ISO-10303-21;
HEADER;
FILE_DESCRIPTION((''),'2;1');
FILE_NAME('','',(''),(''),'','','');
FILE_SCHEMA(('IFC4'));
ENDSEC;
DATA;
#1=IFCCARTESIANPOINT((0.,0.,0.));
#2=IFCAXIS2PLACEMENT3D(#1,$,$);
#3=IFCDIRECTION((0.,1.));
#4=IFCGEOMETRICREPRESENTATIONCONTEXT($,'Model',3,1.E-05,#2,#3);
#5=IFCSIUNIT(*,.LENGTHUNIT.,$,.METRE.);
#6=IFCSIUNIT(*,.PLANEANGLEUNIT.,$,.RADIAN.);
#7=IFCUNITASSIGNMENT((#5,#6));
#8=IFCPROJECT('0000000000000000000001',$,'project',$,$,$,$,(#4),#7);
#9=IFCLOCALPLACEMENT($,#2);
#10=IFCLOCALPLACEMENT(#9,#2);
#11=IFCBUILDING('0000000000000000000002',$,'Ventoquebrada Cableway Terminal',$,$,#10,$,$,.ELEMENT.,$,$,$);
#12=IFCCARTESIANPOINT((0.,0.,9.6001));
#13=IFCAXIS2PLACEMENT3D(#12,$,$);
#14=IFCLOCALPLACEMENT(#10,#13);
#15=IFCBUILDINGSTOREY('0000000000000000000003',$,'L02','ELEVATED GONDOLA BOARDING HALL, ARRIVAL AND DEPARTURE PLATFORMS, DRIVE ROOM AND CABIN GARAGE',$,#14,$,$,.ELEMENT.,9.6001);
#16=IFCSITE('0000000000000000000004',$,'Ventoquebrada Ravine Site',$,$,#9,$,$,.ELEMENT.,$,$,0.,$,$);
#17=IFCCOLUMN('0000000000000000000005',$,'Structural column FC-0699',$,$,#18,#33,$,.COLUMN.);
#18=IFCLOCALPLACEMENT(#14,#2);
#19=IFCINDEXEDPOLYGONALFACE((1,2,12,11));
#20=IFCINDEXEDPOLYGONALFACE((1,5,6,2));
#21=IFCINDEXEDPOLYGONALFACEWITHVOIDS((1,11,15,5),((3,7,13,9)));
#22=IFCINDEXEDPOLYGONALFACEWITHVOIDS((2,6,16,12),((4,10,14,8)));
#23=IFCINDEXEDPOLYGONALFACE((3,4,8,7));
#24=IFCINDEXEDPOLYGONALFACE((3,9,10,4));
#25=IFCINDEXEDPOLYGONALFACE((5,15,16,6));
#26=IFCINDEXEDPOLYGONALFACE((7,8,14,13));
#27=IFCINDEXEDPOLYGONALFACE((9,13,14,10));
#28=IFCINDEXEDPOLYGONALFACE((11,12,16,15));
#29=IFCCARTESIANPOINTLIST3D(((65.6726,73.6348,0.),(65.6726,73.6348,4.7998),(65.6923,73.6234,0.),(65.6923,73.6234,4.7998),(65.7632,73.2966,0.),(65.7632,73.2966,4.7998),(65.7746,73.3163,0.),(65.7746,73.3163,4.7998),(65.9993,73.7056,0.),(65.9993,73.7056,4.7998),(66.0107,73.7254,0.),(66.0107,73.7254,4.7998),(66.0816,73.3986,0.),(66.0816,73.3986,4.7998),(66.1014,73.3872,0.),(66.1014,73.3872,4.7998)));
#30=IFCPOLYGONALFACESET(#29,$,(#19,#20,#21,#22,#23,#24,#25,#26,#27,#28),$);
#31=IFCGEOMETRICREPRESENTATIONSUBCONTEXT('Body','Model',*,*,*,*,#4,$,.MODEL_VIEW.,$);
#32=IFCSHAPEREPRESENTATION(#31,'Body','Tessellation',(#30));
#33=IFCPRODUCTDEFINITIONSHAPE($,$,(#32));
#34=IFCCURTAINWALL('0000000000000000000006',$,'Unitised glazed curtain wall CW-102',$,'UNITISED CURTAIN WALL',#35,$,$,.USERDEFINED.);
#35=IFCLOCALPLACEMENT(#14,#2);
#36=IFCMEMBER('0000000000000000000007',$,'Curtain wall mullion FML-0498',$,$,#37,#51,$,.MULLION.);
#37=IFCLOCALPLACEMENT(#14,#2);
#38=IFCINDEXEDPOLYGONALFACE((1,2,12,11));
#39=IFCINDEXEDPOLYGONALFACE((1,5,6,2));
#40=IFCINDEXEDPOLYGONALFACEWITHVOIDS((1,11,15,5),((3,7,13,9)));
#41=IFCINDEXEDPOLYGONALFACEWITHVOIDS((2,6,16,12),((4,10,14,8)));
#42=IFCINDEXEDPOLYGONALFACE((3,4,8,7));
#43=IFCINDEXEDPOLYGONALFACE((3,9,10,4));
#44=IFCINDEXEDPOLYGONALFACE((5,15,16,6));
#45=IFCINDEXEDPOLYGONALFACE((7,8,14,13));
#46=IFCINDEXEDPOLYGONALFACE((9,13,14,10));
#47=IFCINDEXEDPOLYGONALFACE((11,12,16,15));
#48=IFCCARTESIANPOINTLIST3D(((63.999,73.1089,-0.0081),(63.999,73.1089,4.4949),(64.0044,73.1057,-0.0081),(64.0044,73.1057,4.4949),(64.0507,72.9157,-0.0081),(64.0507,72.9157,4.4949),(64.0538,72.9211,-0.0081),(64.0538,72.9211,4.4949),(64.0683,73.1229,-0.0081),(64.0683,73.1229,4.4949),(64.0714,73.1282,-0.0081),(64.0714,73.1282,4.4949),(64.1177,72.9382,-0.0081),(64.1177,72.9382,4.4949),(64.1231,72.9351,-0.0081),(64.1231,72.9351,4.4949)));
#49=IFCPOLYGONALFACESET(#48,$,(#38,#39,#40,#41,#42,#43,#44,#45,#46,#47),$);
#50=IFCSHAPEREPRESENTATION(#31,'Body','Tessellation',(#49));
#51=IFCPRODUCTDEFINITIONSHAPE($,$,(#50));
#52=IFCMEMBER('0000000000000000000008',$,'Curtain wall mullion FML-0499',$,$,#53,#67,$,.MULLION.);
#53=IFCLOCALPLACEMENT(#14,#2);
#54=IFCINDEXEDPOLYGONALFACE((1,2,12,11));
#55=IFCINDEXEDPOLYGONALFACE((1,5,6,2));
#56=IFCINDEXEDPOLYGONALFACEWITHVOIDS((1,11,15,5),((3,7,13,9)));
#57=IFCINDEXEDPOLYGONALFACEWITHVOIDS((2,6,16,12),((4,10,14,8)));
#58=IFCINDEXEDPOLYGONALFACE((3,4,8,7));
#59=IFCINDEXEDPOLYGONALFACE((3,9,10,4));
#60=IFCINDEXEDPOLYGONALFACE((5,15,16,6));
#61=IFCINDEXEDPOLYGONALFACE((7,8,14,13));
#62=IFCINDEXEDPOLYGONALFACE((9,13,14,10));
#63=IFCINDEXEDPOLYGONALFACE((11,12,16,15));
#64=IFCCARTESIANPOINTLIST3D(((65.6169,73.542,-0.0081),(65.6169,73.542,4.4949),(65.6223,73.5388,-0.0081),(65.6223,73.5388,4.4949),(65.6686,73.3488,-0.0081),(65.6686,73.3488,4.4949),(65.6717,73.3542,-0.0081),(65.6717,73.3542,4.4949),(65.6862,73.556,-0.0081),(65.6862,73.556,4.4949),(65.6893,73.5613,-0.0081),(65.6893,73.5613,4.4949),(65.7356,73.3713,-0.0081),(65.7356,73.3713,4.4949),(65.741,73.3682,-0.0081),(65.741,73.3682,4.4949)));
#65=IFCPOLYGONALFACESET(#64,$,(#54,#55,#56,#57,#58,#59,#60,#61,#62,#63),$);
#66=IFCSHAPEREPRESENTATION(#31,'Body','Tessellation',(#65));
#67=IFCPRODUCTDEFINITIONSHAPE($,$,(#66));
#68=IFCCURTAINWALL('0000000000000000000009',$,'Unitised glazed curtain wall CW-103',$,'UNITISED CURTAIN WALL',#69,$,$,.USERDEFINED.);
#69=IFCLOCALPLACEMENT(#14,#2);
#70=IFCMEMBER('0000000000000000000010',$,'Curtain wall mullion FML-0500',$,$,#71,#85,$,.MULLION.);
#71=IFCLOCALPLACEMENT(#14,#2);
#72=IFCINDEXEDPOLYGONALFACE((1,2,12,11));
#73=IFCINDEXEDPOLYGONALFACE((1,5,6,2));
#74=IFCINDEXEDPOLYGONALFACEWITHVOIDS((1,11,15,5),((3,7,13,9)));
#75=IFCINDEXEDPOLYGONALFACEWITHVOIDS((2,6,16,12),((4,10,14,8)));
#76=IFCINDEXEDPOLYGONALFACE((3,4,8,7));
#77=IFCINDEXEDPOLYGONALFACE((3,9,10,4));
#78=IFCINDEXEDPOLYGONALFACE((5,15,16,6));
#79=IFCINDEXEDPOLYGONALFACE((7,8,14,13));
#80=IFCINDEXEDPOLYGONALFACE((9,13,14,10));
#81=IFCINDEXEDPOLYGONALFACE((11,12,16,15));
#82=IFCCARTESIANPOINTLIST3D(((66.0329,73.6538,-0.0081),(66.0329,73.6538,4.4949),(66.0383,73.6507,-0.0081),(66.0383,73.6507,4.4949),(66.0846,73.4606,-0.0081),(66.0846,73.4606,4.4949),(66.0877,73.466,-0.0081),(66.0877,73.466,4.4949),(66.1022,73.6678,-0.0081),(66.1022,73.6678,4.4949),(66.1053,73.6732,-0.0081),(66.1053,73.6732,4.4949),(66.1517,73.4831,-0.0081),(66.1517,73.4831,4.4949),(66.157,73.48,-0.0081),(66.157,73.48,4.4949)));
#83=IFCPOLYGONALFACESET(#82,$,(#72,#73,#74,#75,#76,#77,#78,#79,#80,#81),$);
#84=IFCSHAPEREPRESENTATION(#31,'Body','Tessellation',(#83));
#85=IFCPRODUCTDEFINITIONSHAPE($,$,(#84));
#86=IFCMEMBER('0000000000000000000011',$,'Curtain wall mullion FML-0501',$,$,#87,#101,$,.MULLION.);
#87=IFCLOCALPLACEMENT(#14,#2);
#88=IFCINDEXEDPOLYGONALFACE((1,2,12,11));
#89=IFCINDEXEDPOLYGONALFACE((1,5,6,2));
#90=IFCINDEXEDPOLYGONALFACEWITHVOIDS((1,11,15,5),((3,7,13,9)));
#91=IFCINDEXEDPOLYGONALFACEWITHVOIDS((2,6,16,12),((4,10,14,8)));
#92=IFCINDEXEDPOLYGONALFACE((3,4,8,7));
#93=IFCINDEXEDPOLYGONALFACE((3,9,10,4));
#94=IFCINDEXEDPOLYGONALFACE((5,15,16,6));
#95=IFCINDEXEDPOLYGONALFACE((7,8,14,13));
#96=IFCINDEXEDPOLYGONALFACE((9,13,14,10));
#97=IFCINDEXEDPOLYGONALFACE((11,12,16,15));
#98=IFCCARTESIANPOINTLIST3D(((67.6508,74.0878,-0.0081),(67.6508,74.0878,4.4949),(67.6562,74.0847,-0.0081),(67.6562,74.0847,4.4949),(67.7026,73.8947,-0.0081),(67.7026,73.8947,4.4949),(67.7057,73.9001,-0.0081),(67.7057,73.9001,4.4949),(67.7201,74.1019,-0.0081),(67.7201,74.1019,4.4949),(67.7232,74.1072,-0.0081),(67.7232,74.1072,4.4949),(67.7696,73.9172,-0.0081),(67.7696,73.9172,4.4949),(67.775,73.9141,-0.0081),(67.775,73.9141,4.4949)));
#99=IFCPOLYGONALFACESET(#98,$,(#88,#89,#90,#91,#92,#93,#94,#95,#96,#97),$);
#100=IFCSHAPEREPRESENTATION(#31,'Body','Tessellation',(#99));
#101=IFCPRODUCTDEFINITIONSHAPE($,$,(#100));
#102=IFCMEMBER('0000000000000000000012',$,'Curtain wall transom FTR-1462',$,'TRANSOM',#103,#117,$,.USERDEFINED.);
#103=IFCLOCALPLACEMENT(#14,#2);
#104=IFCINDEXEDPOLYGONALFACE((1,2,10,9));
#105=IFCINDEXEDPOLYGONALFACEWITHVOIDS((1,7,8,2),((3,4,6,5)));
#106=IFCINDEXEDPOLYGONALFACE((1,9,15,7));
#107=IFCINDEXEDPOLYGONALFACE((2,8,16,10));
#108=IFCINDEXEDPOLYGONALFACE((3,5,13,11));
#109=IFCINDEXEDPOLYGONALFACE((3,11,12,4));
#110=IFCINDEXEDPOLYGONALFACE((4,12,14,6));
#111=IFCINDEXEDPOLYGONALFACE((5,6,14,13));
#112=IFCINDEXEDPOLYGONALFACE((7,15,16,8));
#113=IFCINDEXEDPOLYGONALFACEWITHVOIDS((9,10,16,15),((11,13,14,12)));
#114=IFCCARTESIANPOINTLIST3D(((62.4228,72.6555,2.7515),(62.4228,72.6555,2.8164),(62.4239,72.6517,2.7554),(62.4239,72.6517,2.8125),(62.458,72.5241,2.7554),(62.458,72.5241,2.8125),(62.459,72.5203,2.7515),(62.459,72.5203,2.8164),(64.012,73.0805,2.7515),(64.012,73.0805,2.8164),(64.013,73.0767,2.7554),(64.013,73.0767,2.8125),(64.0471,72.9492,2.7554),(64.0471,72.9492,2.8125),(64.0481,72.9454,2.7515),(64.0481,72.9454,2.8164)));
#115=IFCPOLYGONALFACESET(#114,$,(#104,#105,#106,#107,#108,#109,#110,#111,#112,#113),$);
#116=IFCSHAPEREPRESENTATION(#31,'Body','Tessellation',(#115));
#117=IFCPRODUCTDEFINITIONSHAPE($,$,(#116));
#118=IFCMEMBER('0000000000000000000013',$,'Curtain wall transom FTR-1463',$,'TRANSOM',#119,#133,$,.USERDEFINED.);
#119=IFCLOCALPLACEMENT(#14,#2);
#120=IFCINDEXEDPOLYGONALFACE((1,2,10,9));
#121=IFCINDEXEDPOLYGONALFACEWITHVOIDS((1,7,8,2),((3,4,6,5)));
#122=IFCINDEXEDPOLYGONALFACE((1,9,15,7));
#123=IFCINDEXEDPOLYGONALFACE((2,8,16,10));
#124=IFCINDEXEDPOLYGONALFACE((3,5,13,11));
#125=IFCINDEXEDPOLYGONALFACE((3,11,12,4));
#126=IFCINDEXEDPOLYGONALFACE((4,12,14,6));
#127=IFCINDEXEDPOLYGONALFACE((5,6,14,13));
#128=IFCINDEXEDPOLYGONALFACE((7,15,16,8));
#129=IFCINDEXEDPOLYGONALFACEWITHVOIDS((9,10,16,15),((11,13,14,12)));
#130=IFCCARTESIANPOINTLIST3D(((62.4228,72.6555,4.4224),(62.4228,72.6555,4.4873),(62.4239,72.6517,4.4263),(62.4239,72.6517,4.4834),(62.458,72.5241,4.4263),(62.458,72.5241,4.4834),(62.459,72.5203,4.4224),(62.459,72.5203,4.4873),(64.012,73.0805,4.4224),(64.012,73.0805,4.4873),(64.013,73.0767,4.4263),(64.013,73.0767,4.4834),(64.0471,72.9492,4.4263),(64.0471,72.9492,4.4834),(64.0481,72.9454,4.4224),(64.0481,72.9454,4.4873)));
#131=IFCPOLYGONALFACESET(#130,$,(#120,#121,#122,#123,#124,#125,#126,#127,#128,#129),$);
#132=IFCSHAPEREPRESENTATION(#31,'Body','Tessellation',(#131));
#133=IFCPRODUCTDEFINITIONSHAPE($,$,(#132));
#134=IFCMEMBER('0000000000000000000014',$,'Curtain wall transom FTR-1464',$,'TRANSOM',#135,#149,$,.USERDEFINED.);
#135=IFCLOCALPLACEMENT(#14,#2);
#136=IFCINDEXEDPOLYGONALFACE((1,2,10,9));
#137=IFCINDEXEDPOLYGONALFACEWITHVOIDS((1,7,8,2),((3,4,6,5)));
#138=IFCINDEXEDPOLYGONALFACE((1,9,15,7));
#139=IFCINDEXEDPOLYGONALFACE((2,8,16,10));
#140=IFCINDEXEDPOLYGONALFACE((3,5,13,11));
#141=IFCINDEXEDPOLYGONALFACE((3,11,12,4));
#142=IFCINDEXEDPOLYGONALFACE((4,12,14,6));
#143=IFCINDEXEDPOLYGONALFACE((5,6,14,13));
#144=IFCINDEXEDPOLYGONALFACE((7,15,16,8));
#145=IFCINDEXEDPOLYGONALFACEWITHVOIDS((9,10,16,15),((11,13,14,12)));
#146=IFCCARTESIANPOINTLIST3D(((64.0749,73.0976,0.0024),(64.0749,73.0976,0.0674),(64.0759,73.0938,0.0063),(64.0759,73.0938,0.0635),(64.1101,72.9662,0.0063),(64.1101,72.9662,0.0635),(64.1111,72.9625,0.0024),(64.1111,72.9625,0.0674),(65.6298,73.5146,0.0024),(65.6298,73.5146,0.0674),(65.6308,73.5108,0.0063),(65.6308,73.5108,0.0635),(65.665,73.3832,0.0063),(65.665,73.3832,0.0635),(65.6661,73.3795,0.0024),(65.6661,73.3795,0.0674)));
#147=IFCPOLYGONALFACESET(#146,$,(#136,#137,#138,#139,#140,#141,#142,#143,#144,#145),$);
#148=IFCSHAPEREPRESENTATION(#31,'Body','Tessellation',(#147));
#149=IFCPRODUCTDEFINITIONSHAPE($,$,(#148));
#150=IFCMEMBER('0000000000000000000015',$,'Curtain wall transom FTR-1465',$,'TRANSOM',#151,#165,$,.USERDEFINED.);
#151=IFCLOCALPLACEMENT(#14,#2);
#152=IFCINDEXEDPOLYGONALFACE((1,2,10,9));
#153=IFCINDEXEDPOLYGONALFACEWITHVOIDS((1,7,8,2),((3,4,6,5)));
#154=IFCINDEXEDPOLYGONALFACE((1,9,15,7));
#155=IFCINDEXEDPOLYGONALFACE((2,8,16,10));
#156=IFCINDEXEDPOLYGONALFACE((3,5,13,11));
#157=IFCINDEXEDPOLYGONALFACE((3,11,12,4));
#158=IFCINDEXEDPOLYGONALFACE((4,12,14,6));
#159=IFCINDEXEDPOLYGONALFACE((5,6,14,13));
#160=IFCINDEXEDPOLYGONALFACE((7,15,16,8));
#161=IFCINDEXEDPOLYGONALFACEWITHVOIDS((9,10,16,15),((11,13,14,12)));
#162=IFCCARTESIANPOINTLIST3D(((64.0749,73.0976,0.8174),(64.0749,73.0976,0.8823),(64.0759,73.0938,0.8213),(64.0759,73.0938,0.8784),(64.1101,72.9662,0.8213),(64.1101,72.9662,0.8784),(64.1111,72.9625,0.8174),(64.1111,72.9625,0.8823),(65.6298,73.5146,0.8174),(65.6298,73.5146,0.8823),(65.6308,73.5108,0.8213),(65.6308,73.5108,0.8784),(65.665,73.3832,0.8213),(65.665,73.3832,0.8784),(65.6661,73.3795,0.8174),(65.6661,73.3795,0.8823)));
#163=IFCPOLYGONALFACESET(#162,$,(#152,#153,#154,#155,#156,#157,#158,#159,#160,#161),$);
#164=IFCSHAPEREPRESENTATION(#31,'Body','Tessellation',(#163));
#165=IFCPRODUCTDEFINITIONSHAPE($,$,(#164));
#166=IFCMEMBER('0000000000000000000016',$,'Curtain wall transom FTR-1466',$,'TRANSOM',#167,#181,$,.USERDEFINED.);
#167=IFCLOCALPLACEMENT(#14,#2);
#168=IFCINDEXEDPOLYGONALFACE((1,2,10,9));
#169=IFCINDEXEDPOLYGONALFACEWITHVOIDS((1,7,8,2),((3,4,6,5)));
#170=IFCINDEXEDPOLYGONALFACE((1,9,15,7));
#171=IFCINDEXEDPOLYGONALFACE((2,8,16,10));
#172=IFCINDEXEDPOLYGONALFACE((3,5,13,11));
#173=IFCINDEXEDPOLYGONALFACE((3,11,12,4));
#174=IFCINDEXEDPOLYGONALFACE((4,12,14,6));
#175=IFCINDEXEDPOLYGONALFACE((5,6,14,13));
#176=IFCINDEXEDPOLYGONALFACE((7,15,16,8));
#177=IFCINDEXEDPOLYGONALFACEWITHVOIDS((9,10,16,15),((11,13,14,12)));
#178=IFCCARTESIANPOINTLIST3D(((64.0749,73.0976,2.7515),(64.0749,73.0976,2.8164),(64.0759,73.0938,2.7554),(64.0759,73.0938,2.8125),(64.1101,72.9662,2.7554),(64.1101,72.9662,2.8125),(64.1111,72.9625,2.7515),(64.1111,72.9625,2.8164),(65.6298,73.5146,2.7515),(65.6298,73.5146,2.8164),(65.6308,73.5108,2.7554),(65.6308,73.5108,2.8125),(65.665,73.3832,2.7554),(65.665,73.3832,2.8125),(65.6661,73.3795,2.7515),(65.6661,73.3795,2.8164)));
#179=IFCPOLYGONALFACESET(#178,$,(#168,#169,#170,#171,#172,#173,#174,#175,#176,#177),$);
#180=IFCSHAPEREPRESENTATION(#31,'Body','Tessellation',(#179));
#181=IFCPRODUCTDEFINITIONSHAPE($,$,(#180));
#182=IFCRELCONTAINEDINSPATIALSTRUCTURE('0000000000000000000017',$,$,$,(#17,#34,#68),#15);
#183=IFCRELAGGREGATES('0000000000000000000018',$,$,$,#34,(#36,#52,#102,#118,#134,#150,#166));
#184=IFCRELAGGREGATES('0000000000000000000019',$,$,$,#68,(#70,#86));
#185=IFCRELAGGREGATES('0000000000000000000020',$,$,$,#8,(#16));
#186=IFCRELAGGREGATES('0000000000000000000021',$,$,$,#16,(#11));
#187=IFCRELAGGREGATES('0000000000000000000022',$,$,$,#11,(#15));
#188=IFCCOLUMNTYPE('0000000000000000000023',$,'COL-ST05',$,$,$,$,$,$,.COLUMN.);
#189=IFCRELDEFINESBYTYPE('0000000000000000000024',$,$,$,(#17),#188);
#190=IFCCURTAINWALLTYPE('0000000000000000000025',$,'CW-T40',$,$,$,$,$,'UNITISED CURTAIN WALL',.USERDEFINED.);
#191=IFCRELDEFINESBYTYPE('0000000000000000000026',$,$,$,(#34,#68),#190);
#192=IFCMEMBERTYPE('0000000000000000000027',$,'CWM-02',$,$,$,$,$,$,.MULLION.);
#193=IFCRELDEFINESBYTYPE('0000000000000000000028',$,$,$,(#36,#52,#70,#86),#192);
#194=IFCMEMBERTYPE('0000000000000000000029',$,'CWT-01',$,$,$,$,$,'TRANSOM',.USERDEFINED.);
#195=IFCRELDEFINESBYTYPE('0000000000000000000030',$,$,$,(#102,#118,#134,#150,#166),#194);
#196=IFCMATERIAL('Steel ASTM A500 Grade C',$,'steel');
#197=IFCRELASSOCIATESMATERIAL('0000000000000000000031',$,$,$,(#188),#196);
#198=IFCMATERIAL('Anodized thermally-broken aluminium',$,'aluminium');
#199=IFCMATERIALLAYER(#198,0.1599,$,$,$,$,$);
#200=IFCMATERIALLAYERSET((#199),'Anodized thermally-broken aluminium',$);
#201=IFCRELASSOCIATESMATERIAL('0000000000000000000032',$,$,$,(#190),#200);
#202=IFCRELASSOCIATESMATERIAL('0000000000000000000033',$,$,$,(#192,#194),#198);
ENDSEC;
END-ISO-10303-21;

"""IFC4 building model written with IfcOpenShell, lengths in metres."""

from ifc_helpers import new_model, si_unit, direction, frame, origin, origin_2d, place, context, subcontext, project, spatial, hollow_rectangle, extrude, material, layer, layer_set, material_profile, profile_set, type_object, element, aggregate, save


model = new_model("IFC4")

# Units and contexts
model_context = context("Model", 3, precision=1e-05, world=origin(), true_north=direction((0.0, 1.0)))
body_context = subcontext(model_context, "Body", "Model", "MODEL_VIEW")
ifc_project = project(units=[si_unit("LENGTHUNIT", "METRE"), si_unit("PLANEANGLEUNIT", "RADIAN")], contexts=[model_context])

# Site, building, storey
site_placement = place(None, origin())
site = spatial("IfcSite", under=ifc_project, at=site_placement, Name="Ventoquebrada Ravine Site", CompositionType="ELEMENT", RefElevation=0.0)
building_placement = place(site_placement, origin())
building = spatial("IfcBuilding", under=site, at=building_placement, Name="Ventoquebrada Cableway Terminal", CompositionType="ELEMENT")
storey_placement = place(building_placement, frame((0.0, 0.0, 9.6001)))
storey = spatial("IfcBuildingStorey", under=building, at=storey_placement, Name="L02", Description="ELEVATED GONDOLA BOARDING HALL, ARRIVAL AND DEPARTURE PLATFORMS, DRIVE ROOM AND CABIN GARAGE", CompositionType="ELEMENT", Elevation=9.6001)

# Column
ifc_material_1 = material(Name="Steel ASTM A500 Grade C", Category="steel")
ifc_material_profile_1 = material_profile(ifc_material_1, hollow_rectangle(XDim=0.3501, YDim=0.3501, WallThickness=0.0161, at=origin_2d()), Name="HSS350X350X16")
ifc_profile_set_1 = profile_set([ifc_material_profile_1], Name="Steel ASTM A500 Grade C")
column_type = type_object("IfcColumnType", Name="COL-ST05", PredefinedType="COLUMN", material=ifc_profile_set_1)
column_placement = place(storey_placement, frame((65.887, 73.511, 0.0), z_axis=(0.0, 0.0, 1.0), x_axis=(0.965926, 0.258819, 0.0)))
element("IfcColumn", 1, at=column_placement, inside=storey, type_object=column_type, Name="Structural column FC-0699", PredefinedType="COLUMN", context=body_context, shape_type="SweptSolid", body=[
    extrude(hollow_rectangle(XDim=0.3501, YDim=0.3501, WallThickness=0.0161, at=origin_2d()), origin(), (0.0, 0.0, 1.0), 4.7998),
])

# Curtain walls, members
ifc_material_2 = material(Name="Anodized thermally-broken aluminium", Category="aluminium")
ifc_layer_1 = layer(ifc_material_2, 0.1599)
ifc_layer_set_1 = layer_set([ifc_layer_1], Name="Anodized thermally-broken aluminium")
curtain_wall_type = type_object("IfcCurtainWallType", Name="CW-T40", ElementType="UNITISED CURTAIN WALL", PredefinedType="USERDEFINED", material=ifc_layer_set_1)
curtain_wall_1_placement = place(storey_placement, origin())
curtain_wall_1 = element("IfcCurtainWall", 2, at=curtain_wall_1_placement, inside=storey, type_object=curtain_wall_type, Name="Unitised glazed curtain wall CW-102", ObjectType="UNITISED CURTAIN WALL", PredefinedType="USERDEFINED")
ifc_material_profile_2 = material_profile(ifc_material_2, hollow_rectangle(XDim=0.075, YDim=0.2, WallThickness=0.0044, at=origin_2d()), Name="CW-MUL-75X200")
ifc_profile_set_2 = profile_set([ifc_material_profile_2], Name="Anodized thermally-broken aluminium")
member_type_1 = type_object("IfcMemberType", Name="CWM-02", PredefinedType="MULLION", material=ifc_profile_set_2)
member_1_placement = place(storey_placement, frame((64.061, 73.022, -0.0081), z_axis=(0.0, 0.0, 1.0), x_axis=(0.965966, 0.258667, 0.0)))
member_1 = element("IfcMember", 3, at=member_1_placement, type_object=member_type_1, Name="Curtain wall mullion FML-0498", PredefinedType="MULLION", context=body_context, shape_type="SweptSolid", body=[
    extrude(hollow_rectangle(XDim=0.075, YDim=0.2, WallThickness=0.0044, at=origin_2d()), origin(), (0.0, 0.0, 1.0), 4.5029),
])
member_2_placement = place(storey_placement, frame((65.679, 73.4551, -0.0081), z_axis=(0.0, 0.0, 1.0), x_axis=(0.965966, 0.258667, 0.0)))
member_2 = element("IfcMember", 4, at=member_2_placement, type_object=member_type_1, Name="Curtain wall mullion FML-0499", PredefinedType="MULLION", context=body_context, shape_type="SweptSolid", body=[
    extrude(hollow_rectangle(XDim=0.075, YDim=0.2, WallThickness=0.0044, at=origin_2d()), origin(), (0.0, 0.0, 1.0), 4.5029),
])
curtain_wall_2_placement = place(storey_placement, origin())
curtain_wall_2 = element("IfcCurtainWall", 5, at=curtain_wall_2_placement, inside=storey, type_object=curtain_wall_type, Name="Unitised glazed curtain wall CW-103", ObjectType="UNITISED CURTAIN WALL", PredefinedType="USERDEFINED")
member_3_placement = place(storey_placement, frame((66.095, 73.5669, -0.0081), z_axis=(0.0, 0.0, 1.0), x_axis=(0.965939, 0.258768, 0.0)))
member_3 = element("IfcMember", 6, at=member_3_placement, type_object=member_type_1, Name="Curtain wall mullion FML-0500", PredefinedType="MULLION", context=body_context, shape_type="SweptSolid", body=[
    extrude(hollow_rectangle(XDim=0.075, YDim=0.2, WallThickness=0.0044, at=origin_2d()), origin(), (0.0, 0.0, 1.0), 4.5029),
])
member_4_placement = place(storey_placement, frame((67.7129, 74.001, -0.0081), z_axis=(0.0, 0.0, 1.0), x_axis=(0.965939, 0.258768, 0.0)))
member_4 = element("IfcMember", 7, at=member_4_placement, type_object=member_type_1, Name="Curtain wall mullion FML-0501", PredefinedType="MULLION", context=body_context, shape_type="SweptSolid", body=[
    extrude(hollow_rectangle(XDim=0.075, YDim=0.2, WallThickness=0.0044, at=origin_2d()), origin(), (0.0, 0.0, 1.0), 4.5029),
])

# Members
ifc_material_profile_3 = material_profile(ifc_material_2, hollow_rectangle(XDim=0.0649, YDim=0.1399, WallThickness=0.0039, at=origin_2d()), Name="CW-TRN-65X140")
ifc_profile_set_3 = profile_set([ifc_material_profile_3], Name="Anodized thermally-broken aluminium")
member_type_2 = type_object("IfcMemberType", Name="CWT-01", ElementType="TRANSOM", PredefinedType="USERDEFINED", material=ifc_profile_set_3)
member_5_placement = place(storey_placement, frame((62.4409, 72.5879, 2.7839), z_axis=(0.96604, 0.258392, 0.0), x_axis=(0.0, 0.0, 1.0)))
member_5 = element("IfcMember", 8, at=member_5_placement, type_object=member_type_2, Name="Curtain wall transom FTR-1462", ObjectType="TRANSOM", PredefinedType="USERDEFINED", context=body_context, shape_type="SweptSolid", body=[
    extrude(hollow_rectangle(XDim=0.0649, YDim=0.1399, WallThickness=0.0039, at=origin_2d()), origin(), (0.0, 0.0, 1.0), 1.645),
])
member_6_placement = place(storey_placement, frame((62.4409, 72.5879, 4.4548), z_axis=(0.96604, 0.258392, 0.0), x_axis=(0.0, 0.0, 1.0)))
member_6 = element("IfcMember", 9, at=member_6_placement, type_object=member_type_2, Name="Curtain wall transom FTR-1463", ObjectType="TRANSOM", PredefinedType="USERDEFINED", context=body_context, shape_type="SweptSolid", body=[
    extrude(hollow_rectangle(XDim=0.0649, YDim=0.1399, WallThickness=0.0039, at=origin_2d()), origin(), (0.0, 0.0, 1.0), 1.645),
])
member_7_placement = place(storey_placement, frame((64.093, 73.03, 0.0349), z_axis=(0.965872, 0.259022, 0.0), x_axis=(0.0, 0.0, 1.0)))
member_7 = element("IfcMember", 10, at=member_7_placement, type_object=member_type_2, Name="Curtain wall transom FTR-1464", ObjectType="TRANSOM", PredefinedType="USERDEFINED", context=body_context, shape_type="SweptSolid", body=[
    extrude(hollow_rectangle(XDim=0.0649, YDim=0.1399, WallThickness=0.0039, at=origin_2d()), origin(), (0.0, 0.0, 1.0), 1.6099),
])
member_8_placement = place(storey_placement, frame((64.093, 73.03, 0.8499), z_axis=(0.965872, 0.259022, 0.0), x_axis=(0.0, 0.0, 1.0)))
member_8 = element("IfcMember", 11, at=member_8_placement, type_object=member_type_2, Name="Curtain wall transom FTR-1465", ObjectType="TRANSOM", PredefinedType="USERDEFINED", context=body_context, shape_type="SweptSolid", body=[
    extrude(hollow_rectangle(XDim=0.0649, YDim=0.1399, WallThickness=0.0039, at=origin_2d()), origin(), (0.0, 0.0, 1.0), 1.6099),
])
member_9_placement = place(storey_placement, frame((64.093, 73.03, 2.7839), z_axis=(0.965872, 0.259022, 0.0), x_axis=(0.0, 0.0, 1.0)))
member_9 = element("IfcMember", 12, at=member_9_placement, type_object=member_type_2, Name="Curtain wall transom FTR-1466", ObjectType="TRANSOM", PredefinedType="USERDEFINED", context=body_context, shape_type="SweptSolid", body=[
    extrude(hollow_rectangle(XDim=0.0649, YDim=0.1399, WallThickness=0.0039, at=origin_2d()), origin(), (0.0, 0.0, 1.0), 1.6099),
])

aggregate(curtain_wall_1, [member_1, member_2, member_5, member_6, member_7, member_8, member_9])
aggregate(curtain_wall_2, [member_3, member_4])

save(model, "model.ifc")
